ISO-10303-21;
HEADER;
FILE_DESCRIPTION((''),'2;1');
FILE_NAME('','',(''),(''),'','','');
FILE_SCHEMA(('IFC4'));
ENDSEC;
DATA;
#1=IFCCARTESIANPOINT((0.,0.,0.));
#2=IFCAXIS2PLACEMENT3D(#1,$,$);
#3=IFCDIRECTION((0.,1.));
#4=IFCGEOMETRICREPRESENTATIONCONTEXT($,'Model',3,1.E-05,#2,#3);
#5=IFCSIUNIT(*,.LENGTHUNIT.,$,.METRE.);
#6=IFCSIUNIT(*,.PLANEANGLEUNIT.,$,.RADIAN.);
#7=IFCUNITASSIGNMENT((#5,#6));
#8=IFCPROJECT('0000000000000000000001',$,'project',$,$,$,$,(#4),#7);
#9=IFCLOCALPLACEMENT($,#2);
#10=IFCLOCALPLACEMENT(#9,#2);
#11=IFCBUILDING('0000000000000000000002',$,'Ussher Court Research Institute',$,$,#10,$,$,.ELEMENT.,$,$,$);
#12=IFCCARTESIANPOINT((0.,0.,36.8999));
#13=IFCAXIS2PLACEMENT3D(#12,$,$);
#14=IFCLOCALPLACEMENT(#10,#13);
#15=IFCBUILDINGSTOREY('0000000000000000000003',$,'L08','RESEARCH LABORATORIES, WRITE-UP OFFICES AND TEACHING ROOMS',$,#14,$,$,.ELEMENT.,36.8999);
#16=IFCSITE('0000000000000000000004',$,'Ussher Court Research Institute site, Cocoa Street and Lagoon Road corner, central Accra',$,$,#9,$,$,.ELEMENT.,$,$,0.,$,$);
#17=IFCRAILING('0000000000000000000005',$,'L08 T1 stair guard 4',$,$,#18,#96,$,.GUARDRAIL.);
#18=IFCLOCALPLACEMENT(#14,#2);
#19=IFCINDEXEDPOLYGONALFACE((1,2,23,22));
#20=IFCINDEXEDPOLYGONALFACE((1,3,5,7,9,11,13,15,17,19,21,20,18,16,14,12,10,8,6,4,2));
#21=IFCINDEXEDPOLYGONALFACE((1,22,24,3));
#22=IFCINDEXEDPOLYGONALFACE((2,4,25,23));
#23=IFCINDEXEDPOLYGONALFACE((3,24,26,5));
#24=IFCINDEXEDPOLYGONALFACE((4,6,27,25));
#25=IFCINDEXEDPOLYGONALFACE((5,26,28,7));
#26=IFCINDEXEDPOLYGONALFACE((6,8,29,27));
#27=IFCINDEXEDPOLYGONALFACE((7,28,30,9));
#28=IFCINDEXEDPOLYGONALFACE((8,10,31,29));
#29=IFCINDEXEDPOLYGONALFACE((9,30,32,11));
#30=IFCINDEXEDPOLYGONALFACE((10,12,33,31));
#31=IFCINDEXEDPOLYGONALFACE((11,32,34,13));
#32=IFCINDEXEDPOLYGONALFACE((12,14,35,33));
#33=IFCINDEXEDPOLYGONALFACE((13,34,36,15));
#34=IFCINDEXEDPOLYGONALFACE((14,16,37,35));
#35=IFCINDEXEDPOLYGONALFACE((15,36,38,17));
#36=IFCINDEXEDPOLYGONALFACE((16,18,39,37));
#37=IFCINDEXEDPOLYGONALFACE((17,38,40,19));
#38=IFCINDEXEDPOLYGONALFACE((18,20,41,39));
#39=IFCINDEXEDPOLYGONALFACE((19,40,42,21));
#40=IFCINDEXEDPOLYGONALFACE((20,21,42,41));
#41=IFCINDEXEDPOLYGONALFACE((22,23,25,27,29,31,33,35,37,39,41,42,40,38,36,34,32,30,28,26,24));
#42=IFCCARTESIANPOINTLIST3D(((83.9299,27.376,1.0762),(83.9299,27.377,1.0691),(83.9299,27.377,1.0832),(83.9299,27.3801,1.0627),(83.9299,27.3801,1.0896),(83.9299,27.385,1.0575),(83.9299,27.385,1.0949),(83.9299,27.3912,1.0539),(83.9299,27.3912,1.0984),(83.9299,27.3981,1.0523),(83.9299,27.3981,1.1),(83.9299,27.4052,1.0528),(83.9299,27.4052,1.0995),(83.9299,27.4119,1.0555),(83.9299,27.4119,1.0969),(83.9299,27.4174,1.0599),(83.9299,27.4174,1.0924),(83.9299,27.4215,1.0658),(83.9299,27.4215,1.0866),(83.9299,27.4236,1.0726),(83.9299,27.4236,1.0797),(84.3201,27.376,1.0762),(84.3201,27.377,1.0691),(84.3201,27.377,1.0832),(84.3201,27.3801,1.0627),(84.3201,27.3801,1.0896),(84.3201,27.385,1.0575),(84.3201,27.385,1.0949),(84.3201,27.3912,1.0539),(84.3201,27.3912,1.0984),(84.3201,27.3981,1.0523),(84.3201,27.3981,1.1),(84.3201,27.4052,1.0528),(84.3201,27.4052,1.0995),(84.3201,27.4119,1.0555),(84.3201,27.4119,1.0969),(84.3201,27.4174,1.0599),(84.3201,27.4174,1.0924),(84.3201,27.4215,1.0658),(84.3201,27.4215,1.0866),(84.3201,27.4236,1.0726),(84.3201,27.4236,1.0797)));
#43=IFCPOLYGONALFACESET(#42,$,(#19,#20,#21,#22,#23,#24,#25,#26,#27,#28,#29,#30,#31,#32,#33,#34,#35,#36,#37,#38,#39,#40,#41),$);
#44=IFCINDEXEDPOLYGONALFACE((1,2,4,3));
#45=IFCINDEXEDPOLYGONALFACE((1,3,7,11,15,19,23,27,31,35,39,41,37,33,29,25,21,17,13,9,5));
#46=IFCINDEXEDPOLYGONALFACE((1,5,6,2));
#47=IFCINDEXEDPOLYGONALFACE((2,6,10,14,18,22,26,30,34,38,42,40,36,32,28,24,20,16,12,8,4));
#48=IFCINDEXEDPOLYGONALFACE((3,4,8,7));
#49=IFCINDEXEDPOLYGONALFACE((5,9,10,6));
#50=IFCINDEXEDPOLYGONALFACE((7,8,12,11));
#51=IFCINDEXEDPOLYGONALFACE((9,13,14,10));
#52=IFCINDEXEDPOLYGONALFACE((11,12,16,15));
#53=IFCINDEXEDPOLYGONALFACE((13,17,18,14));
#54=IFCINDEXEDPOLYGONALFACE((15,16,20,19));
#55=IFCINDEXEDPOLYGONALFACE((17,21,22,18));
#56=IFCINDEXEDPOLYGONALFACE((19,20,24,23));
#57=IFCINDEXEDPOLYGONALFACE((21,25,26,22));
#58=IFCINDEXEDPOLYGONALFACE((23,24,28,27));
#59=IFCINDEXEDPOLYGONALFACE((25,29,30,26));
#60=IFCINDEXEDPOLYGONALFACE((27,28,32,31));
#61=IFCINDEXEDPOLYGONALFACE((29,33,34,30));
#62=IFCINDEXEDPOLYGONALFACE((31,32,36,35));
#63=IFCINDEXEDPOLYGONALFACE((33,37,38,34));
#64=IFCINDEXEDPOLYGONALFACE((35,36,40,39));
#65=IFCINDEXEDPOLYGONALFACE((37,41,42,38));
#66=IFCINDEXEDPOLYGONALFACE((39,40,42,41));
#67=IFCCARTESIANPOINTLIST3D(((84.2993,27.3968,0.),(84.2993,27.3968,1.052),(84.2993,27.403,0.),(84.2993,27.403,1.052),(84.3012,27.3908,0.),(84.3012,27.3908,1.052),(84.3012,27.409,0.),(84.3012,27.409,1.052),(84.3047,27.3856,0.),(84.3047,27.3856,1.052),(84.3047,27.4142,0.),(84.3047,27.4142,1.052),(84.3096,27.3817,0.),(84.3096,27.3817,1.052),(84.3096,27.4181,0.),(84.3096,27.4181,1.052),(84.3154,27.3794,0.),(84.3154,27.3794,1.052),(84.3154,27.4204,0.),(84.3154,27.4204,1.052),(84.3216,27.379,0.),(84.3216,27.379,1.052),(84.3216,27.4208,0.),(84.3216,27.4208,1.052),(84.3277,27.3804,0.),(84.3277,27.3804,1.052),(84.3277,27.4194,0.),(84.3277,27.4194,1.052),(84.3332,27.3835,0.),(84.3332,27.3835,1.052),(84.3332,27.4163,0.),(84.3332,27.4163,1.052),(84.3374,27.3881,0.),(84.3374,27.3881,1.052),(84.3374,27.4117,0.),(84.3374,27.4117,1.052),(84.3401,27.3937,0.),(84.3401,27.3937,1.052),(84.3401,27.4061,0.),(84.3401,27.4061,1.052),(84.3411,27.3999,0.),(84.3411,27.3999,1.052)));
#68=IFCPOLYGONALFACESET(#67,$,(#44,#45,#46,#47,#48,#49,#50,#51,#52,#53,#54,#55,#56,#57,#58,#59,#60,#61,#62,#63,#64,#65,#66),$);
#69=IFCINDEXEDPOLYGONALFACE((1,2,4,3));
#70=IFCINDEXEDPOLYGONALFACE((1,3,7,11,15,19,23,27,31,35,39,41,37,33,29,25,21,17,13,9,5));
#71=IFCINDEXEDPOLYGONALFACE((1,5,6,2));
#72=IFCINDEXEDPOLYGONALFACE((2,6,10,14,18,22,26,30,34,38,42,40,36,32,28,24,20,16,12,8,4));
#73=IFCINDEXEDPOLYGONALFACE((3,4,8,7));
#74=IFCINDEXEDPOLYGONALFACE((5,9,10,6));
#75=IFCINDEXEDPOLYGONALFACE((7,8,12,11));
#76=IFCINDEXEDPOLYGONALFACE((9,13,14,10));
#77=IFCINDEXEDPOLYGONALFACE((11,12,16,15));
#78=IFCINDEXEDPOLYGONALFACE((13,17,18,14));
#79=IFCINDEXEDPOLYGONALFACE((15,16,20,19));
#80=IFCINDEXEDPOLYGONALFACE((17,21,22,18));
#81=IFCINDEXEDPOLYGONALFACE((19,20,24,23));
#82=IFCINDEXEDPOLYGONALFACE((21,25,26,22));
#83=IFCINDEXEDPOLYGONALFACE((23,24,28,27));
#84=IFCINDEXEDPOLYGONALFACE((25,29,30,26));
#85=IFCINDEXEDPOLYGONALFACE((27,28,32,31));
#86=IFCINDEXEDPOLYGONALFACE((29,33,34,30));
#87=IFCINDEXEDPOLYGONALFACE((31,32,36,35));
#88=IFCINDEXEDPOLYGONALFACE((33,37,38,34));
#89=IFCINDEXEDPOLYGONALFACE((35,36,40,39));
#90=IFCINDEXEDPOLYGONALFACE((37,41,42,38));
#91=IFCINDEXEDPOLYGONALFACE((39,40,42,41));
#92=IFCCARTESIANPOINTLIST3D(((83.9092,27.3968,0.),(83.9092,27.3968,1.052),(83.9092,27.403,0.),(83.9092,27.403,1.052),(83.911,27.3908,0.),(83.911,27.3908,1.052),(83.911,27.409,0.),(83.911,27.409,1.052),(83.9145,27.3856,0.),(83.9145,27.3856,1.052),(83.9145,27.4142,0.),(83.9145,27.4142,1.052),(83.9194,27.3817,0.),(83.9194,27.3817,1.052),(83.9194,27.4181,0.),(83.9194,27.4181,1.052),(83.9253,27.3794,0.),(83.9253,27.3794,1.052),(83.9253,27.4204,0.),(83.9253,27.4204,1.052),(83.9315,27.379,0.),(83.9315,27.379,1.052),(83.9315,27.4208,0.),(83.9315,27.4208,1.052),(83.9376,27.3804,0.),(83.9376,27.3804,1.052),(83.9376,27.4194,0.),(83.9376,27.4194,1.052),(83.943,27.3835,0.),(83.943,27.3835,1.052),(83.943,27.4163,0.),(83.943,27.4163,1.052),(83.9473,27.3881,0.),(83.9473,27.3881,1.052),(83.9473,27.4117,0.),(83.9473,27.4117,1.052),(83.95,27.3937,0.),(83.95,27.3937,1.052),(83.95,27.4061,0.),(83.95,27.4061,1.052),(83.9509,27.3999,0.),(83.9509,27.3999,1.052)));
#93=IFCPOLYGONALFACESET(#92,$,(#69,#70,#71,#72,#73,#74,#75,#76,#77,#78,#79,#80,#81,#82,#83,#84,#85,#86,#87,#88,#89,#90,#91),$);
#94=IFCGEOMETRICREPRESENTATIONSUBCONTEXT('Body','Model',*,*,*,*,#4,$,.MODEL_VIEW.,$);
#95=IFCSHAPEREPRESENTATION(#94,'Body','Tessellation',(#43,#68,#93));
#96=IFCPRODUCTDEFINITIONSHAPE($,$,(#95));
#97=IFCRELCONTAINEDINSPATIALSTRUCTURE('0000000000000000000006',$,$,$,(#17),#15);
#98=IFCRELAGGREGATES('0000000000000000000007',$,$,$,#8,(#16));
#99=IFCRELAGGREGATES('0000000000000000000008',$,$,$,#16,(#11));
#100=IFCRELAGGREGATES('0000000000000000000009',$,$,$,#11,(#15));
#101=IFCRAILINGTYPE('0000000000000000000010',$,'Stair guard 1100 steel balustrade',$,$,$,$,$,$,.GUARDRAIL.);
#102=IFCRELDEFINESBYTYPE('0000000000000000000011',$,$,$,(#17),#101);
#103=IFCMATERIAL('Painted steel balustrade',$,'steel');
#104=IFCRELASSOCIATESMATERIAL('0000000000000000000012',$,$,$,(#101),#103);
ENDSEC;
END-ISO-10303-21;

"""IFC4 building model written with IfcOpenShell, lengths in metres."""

from ifc_helpers import new_model, si_unit, direction, frame, origin, origin_2d, place, context, subcontext, project, spatial, circle, extrude, material, type_object, element, save


model = new_model("IFC4")

# Units and contexts
model_context = context("Model", 3, precision=1e-05, world=origin(), true_north=direction((0.0, 1.0)))
body_context = subcontext(model_context, "Body", "Model", "MODEL_VIEW")
ifc_project = project(units=[si_unit("LENGTHUNIT", "METRE"), si_unit("PLANEANGLEUNIT", "RADIAN")], contexts=[model_context])

# Site, building, storey
site_placement = place(None, origin())
site = spatial("IfcSite", under=ifc_project, at=site_placement, Name="Ussher Court Research Institute site, Cocoa Street and Lagoon Road corner, central Accra", CompositionType="ELEMENT", RefElevation=0.0)
building_placement = place(site_placement, origin())
building = spatial("IfcBuilding", under=site, at=building_placement, Name="Ussher Court Research Institute", CompositionType="ELEMENT")
storey_placement = place(building_placement, frame((0.0, 0.0, 36.8999)))
storey = spatial("IfcBuildingStorey", under=building, at=storey_placement, Name="L08", Description="RESEARCH LABORATORIES, WRITE-UP OFFICES AND TEACHING ROOMS", CompositionType="ELEMENT", Elevation=36.8999)

# Railing
ifc_material_1 = material(Name="Painted steel balustrade", Category="steel")
railing_type_1 = type_object("IfcRailingType", Name="Stair guard 1100 steel balustrade", PredefinedType="GUARDRAIL", material=ifc_material_1)
railing_1_placement = place(storey_placement, frame((84.3201, 27.3999, 0.0)))
element("IfcRailing", 1, at=railing_1_placement, inside=storey, type_object=railing_type_1, Name="L08 T1 stair guard 4", PredefinedType="GUARDRAIL", context=body_context, shape_type="SweptSolid", body=[
    extrude(circle(Radius=0.0239, at=origin_2d()), frame((0.0, 0.0, 1.0762), z_axis=(-1.0, 0.0, 0.0), x_axis=(0.0, -1.0, 0.0)), (0.0, 0.0, 1.0), 0.3901),
    extrude(circle(Radius=0.021, at=origin_2d()), origin(), (0.0, 0.0, 1.0), 1.052),
    extrude(circle(Radius=0.021, at=origin_2d()), frame((-0.3901, 0.0, 0.0)), (0.0, 0.0, 1.0), 1.052),
])

save(model, "model.ifc")
